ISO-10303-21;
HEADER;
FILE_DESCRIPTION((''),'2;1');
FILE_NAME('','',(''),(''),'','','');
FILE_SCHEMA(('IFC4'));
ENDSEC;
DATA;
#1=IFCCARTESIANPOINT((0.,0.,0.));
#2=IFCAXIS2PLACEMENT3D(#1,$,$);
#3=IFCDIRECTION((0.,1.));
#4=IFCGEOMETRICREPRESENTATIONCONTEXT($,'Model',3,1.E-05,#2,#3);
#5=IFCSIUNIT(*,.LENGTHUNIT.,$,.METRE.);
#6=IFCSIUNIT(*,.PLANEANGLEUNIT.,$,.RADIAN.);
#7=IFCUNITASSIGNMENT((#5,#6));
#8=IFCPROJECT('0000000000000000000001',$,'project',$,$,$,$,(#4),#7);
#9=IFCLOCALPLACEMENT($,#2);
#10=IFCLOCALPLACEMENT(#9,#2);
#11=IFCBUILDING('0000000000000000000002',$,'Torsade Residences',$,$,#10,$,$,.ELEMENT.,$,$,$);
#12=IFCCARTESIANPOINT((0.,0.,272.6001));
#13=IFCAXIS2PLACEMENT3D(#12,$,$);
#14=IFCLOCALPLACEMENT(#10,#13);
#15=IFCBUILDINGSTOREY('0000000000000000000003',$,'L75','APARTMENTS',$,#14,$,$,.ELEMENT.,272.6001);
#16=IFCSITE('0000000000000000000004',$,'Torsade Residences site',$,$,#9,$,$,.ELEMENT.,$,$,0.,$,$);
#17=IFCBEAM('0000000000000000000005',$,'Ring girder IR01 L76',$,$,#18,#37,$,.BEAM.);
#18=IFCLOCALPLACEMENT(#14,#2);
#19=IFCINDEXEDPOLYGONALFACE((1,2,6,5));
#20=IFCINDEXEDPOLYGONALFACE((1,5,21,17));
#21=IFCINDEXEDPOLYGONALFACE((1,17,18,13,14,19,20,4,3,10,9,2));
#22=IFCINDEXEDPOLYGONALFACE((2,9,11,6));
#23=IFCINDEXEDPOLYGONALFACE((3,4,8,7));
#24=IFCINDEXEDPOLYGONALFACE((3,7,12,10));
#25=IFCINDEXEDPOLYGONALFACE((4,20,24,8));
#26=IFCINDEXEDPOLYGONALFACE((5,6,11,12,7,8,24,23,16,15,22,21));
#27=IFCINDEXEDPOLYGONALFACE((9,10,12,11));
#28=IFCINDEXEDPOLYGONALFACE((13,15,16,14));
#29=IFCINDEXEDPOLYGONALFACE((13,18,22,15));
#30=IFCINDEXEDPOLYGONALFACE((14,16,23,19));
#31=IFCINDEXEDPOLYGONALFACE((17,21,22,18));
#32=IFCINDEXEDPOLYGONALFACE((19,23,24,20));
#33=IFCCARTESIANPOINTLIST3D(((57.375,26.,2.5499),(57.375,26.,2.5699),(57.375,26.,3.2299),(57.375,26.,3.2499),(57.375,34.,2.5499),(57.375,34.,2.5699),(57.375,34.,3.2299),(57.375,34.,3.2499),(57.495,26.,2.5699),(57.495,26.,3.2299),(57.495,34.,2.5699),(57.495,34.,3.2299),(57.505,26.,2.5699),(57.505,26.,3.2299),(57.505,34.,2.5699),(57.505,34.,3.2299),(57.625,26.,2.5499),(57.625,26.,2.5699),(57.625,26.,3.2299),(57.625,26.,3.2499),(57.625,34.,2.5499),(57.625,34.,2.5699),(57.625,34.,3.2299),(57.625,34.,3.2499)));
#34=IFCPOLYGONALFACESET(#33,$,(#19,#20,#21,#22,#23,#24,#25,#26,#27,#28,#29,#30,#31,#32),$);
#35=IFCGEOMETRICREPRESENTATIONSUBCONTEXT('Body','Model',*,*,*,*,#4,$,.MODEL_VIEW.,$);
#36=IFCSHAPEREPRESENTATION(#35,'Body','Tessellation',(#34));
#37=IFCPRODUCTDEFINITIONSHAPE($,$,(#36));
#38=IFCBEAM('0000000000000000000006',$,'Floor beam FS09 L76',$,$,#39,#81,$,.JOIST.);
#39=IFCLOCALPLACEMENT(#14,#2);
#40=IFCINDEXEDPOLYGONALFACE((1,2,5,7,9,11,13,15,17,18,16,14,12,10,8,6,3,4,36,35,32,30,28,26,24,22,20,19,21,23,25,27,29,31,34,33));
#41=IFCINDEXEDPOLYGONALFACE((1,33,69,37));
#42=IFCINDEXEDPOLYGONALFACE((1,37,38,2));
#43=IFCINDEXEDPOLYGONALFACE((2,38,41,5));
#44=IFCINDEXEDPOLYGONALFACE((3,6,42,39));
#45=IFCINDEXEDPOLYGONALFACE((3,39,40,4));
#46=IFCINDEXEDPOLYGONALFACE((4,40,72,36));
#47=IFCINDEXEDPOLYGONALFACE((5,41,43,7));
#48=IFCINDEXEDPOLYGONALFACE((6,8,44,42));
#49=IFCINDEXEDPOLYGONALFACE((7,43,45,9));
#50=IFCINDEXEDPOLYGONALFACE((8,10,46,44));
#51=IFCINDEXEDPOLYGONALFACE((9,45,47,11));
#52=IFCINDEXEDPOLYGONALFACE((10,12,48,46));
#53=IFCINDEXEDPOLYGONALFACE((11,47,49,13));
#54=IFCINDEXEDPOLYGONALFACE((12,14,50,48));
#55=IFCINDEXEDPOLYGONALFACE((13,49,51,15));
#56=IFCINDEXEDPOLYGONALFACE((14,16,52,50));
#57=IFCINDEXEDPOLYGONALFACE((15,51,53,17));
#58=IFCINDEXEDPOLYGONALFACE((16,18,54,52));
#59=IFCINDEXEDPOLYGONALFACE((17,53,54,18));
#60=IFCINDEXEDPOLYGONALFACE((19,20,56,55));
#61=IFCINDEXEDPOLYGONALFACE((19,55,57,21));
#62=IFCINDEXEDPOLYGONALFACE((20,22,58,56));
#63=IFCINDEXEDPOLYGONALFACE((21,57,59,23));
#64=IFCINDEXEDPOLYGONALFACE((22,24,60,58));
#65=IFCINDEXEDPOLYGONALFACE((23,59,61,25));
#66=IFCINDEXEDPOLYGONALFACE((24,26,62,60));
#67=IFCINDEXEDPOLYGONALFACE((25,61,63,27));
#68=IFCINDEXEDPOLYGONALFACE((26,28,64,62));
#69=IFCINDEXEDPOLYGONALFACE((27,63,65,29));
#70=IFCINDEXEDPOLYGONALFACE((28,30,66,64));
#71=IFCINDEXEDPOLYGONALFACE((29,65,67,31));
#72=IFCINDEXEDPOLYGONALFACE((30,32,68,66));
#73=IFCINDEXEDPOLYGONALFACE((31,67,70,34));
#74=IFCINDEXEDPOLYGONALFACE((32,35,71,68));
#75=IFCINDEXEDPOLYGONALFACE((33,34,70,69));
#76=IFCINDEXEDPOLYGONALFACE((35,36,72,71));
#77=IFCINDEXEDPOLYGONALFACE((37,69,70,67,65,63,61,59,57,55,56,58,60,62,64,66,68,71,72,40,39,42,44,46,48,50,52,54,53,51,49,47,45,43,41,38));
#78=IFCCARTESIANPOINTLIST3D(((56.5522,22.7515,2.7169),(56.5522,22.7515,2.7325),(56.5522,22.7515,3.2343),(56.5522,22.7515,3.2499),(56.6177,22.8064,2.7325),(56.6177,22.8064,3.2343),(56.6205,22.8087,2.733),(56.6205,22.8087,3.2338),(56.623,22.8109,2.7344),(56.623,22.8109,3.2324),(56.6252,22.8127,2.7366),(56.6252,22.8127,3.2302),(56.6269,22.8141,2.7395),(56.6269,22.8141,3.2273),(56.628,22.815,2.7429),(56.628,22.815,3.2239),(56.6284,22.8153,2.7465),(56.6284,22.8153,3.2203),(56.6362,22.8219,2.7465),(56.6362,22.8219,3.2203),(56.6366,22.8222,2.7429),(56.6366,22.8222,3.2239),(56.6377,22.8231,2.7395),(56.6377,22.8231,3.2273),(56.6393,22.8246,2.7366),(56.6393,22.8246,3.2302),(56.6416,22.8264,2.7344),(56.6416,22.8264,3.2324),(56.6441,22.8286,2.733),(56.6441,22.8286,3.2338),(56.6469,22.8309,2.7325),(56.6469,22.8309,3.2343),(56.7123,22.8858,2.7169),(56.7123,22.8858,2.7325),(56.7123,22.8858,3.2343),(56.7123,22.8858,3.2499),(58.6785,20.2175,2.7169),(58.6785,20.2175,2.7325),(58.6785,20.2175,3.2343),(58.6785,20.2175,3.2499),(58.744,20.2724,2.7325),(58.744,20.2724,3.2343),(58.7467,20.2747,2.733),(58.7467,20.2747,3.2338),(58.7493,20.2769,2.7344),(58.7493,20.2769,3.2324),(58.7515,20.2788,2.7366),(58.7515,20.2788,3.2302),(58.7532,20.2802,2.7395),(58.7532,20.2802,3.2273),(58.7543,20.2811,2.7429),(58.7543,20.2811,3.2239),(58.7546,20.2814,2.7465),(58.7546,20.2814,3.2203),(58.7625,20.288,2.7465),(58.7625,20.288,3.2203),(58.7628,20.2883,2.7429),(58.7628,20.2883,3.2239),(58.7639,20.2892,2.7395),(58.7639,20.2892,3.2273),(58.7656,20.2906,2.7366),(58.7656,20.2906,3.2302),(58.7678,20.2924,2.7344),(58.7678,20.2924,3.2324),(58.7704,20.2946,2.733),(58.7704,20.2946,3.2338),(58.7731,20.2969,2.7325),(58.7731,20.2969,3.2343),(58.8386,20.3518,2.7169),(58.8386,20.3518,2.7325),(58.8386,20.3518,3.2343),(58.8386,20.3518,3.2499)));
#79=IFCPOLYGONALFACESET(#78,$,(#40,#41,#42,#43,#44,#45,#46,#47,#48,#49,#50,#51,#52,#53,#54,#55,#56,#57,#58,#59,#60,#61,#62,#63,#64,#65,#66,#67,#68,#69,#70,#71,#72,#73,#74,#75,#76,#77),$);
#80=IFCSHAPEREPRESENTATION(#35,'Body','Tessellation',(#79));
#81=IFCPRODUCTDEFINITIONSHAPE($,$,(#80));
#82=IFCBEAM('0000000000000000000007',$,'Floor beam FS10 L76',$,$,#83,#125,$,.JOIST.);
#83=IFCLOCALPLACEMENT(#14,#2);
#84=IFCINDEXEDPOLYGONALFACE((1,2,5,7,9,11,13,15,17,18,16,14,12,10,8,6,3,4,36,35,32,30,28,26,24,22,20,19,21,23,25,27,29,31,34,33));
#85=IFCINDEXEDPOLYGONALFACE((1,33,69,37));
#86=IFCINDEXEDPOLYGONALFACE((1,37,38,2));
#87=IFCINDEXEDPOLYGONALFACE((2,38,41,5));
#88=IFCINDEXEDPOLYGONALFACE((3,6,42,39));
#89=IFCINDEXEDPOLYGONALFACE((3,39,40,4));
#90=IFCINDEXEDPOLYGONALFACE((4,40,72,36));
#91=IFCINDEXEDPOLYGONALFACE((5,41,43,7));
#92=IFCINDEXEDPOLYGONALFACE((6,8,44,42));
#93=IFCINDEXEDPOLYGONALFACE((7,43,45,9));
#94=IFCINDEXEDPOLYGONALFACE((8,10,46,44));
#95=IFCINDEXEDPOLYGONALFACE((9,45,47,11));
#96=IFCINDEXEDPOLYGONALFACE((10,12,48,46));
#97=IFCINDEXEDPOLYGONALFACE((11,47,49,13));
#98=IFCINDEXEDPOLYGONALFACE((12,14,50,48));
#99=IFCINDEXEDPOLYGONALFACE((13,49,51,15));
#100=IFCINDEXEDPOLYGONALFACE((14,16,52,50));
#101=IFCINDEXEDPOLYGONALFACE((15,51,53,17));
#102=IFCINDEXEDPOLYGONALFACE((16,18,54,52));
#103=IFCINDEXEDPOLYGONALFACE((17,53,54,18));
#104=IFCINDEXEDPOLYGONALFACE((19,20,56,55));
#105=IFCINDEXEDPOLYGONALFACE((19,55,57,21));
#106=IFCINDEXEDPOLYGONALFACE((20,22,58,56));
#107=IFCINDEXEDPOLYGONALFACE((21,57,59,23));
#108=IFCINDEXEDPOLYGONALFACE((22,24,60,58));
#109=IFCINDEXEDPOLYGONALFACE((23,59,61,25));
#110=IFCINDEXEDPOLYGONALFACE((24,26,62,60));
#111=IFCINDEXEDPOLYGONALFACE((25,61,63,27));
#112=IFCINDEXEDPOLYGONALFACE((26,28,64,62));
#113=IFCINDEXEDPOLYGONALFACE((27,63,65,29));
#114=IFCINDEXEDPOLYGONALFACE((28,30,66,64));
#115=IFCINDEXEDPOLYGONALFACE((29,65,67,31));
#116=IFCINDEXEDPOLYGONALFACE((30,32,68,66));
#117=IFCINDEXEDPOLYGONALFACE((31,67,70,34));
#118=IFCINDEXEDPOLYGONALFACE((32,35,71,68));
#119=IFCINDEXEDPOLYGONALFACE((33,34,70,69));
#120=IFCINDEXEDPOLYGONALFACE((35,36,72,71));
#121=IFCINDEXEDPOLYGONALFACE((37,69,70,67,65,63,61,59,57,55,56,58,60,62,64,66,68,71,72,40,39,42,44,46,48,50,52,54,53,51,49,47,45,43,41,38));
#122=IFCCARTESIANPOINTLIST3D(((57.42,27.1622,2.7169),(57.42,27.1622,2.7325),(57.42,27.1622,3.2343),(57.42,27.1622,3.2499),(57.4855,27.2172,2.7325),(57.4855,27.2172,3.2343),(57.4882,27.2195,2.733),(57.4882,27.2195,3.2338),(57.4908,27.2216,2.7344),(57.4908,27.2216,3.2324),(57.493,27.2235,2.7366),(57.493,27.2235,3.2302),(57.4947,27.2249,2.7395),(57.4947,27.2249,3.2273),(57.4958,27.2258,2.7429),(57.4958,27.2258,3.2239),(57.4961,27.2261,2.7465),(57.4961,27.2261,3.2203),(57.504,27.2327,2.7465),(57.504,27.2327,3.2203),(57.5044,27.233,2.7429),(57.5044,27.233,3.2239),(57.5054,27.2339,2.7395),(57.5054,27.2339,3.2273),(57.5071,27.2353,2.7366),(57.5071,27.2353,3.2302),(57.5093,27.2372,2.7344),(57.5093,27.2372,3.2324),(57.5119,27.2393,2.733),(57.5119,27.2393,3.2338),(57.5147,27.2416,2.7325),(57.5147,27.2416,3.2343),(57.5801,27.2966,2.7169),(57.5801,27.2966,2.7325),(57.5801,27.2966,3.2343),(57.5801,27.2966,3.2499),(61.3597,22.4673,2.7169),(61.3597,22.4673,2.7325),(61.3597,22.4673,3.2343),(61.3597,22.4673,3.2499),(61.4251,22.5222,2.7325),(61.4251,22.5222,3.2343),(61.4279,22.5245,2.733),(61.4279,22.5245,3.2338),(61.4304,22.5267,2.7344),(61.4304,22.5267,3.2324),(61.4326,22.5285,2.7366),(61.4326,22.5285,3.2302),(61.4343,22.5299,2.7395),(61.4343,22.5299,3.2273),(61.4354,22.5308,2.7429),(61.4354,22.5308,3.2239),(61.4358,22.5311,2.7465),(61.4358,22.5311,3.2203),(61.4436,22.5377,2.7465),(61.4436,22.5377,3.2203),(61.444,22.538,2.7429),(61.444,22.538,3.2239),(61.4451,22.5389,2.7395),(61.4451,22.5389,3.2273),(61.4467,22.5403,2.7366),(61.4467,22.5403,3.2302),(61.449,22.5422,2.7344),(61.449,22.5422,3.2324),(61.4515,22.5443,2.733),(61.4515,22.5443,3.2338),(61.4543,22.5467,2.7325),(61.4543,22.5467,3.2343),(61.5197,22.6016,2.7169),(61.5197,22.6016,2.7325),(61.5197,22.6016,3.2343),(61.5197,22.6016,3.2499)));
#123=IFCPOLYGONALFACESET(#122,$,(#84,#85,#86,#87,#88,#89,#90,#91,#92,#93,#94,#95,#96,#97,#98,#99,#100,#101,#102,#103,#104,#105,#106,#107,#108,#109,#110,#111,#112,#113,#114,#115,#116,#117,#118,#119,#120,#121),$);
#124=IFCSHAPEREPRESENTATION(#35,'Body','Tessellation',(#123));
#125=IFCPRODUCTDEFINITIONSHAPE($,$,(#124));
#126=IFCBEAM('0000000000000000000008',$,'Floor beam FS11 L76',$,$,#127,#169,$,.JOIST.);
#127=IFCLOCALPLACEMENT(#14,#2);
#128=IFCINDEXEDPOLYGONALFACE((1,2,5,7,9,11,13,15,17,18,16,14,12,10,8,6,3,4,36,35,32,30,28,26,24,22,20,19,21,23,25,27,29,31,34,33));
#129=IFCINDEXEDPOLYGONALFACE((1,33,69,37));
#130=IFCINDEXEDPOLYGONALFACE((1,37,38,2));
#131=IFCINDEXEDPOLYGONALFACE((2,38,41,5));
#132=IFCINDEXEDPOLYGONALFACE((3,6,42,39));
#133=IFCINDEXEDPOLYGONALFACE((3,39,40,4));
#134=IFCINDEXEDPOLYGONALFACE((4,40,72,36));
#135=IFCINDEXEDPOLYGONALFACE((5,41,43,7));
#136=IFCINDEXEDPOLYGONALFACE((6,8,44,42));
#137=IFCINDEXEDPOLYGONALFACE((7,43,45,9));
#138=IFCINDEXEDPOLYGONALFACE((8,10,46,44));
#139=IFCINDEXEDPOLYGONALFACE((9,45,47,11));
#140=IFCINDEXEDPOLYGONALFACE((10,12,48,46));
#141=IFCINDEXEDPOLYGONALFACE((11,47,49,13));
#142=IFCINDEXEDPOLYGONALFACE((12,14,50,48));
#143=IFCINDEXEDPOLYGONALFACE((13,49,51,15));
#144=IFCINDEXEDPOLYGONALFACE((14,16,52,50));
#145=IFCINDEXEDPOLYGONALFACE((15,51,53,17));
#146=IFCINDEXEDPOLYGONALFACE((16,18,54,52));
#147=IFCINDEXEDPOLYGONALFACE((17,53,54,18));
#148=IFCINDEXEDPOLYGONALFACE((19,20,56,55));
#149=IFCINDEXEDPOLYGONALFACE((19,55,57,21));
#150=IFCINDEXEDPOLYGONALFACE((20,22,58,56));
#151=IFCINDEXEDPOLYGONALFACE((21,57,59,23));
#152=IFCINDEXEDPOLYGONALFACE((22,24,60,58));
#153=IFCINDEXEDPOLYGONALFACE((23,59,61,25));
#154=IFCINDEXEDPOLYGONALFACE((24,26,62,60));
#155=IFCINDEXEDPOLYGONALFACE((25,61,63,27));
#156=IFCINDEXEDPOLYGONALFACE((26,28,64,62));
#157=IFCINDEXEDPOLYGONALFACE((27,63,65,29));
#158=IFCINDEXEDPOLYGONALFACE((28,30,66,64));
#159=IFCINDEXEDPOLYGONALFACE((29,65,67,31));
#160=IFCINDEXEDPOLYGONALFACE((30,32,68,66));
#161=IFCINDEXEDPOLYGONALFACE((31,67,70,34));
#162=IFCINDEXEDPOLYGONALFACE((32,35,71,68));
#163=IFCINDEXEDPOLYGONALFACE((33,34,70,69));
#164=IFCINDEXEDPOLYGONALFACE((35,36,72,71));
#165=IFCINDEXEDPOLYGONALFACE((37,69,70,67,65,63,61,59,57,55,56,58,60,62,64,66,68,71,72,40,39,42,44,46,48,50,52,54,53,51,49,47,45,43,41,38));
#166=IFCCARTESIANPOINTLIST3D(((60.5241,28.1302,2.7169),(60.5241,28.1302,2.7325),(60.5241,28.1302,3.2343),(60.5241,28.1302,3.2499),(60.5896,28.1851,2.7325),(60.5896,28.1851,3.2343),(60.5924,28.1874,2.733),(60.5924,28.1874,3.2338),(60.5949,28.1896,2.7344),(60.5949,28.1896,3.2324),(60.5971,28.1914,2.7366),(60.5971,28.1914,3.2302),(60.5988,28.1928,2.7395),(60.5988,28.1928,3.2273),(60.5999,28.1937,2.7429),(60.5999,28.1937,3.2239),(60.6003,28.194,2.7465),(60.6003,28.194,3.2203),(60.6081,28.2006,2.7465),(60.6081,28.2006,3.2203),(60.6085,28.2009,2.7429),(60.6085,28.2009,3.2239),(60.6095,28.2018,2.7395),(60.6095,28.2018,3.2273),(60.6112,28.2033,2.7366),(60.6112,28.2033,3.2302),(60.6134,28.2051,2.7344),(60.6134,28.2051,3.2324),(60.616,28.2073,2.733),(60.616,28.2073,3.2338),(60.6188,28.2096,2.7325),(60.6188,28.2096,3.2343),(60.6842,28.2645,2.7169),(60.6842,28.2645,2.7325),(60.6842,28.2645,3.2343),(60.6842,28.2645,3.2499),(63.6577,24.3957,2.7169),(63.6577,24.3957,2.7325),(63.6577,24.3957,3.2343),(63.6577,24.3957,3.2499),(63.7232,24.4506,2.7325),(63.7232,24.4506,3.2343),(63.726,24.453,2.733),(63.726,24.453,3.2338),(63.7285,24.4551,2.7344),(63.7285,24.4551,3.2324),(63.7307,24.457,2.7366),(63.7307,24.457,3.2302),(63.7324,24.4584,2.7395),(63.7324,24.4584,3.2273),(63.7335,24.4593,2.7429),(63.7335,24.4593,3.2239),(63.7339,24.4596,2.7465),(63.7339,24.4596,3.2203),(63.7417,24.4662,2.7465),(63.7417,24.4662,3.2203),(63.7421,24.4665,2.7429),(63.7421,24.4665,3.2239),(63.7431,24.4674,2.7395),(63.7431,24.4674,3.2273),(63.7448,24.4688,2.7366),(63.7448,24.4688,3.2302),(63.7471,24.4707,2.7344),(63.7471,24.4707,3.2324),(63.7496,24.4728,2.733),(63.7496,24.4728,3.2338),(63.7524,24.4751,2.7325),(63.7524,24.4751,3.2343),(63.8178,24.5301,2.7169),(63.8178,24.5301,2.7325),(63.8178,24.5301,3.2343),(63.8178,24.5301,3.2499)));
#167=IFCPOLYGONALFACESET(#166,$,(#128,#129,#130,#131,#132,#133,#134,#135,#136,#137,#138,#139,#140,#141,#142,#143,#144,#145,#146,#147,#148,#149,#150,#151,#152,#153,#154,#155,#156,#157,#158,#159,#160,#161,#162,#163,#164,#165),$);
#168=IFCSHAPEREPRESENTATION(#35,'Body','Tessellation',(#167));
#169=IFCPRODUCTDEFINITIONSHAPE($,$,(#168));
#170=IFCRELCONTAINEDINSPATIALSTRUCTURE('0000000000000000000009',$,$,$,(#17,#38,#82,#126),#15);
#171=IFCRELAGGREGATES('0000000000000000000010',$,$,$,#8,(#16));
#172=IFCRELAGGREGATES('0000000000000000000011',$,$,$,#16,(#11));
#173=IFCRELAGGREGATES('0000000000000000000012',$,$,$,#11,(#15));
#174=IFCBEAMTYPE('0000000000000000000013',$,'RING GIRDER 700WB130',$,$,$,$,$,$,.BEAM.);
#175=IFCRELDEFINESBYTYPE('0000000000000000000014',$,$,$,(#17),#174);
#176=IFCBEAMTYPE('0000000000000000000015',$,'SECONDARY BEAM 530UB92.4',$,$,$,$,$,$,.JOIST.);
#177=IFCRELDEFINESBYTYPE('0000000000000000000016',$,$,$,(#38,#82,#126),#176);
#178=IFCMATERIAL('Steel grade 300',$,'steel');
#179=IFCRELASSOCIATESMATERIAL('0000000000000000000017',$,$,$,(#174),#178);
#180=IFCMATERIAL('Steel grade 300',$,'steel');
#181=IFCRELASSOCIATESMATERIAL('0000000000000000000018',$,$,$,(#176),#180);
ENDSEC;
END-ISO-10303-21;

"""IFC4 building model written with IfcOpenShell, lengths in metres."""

from ifc_helpers import new_model, si_unit, direction, frame, origin, origin_2d, place, context, subcontext, project, spatial, i_section, extrude, material, material_profile, profile_set, type_object, element, save


model = new_model("IFC4")

# Units and contexts
model_context = context("Model", 3, precision=1e-05, world=origin(), true_north=direction((0.0, 1.0)))
body_context = subcontext(model_context, "Body", "Model", "MODEL_VIEW")
ifc_project = project(units=[si_unit("LENGTHUNIT", "METRE"), si_unit("PLANEANGLEUNIT", "RADIAN")], contexts=[model_context])

# Site, building, storey
site_placement = place(None, origin())
site = spatial("IfcSite", under=ifc_project, at=site_placement, Name="Torsade Residences site", CompositionType="ELEMENT", RefElevation=0.0)
building_placement = place(site_placement, origin())
building = spatial("IfcBuilding", under=site, at=building_placement, Name="Torsade Residences", CompositionType="ELEMENT")
storey_placement = place(building_placement, frame((0.0, 0.0, 272.6001)))
storey = spatial("IfcBuildingStorey", under=building, at=storey_placement, Name="L75", Description="APARTMENTS", CompositionType="ELEMENT", Elevation=272.6001)

# Beams
ifc_material_1 = material(Name="Steel grade 300", Category="steel")
ifc_material_profile_1 = material_profile(ifc_material_1, i_section(OverallWidth=0.25, OverallDepth=0.7, WebThickness=0.01, FlangeThickness=0.02, at=origin_2d()), Name="700WB130")
ifc_profile_set_1 = profile_set([ifc_material_profile_1], Name="Steel grade 300")
beam_type_1 = type_object("IfcBeamType", Name="RING GIRDER 700WB130", PredefinedType="BEAM", material=ifc_profile_set_1)
beam_1_placement = place(storey_placement, frame((57.5, 26.0, 2.8999), z_axis=(0.0, 1.0, 0.0), x_axis=(-1.0, 0.0, 0.0)))
element("IfcBeam", 1, at=beam_1_placement, inside=storey, type_object=beam_type_1, Name="Ring girder IR01 L76", PredefinedType="BEAM", context=body_context, shape_type="SweptSolid", body=[
    extrude(i_section(OverallWidth=0.25, OverallDepth=0.7, WebThickness=0.01, FlangeThickness=0.02, at=origin_2d()), origin(), (0.0, 0.0, 1.0), 8.0),
])
ifc_material_2 = material(Name="Steel grade 300", Category="steel")
ifc_material_profile_2 = material_profile(ifc_material_2, i_section(OverallWidth=0.209, OverallDepth=0.533, WebThickness=0.0103, FlangeThickness=0.0156, FilletRadius=0.0139, at=origin_2d()), Name="530UB92.4")
ifc_profile_set_2 = profile_set([ifc_material_profile_2], Name="Steel grade 300")
beam_type_2 = type_object("IfcBeamType", Name="SECONDARY BEAM 530UB92.4", PredefinedType="JOIST", material=ifc_profile_set_2)
beam_2_placement = place(storey_placement, frame((58.7585, 20.2847, 2.9834), z_axis=(-0.642787, 0.766045, 0.0), x_axis=(-0.766045, -0.642787, 0.0)))
element("IfcBeam", 2, at=beam_2_placement, inside=storey, type_object=beam_type_2, Name="Floor beam FS09 L76", PredefinedType="JOIST", context=body_context, shape_type="SweptSolid", body=[
    extrude(i_section(OverallWidth=0.209, OverallDepth=0.533, WebThickness=0.0103, FlangeThickness=0.0156, FilletRadius=0.0139, at=origin_2d()), origin(), (0.0, 0.0, 1.0), 3.3079),
])
beam_3_placement = place(storey_placement, frame((61.4397, 22.5344, 2.9834), z_axis=(-0.642794, 0.766039, 0.0), x_axis=(-0.766039, -0.642794, 0.0)))
element("IfcBeam", 3, at=beam_3_placement, inside=storey, type_object=beam_type_2, Name="Floor beam FS10 L76", PredefinedType="JOIST", context=body_context, shape_type="SweptSolid", body=[
    extrude(i_section(OverallWidth=0.209, OverallDepth=0.533, WebThickness=0.0103, FlangeThickness=0.0156, FilletRadius=0.0139, at=origin_2d()), origin(), (0.0, 0.0, 1.0), 6.1289),
])
beam_4_placement = place(storey_placement, frame((63.7378, 24.4629, 2.9834), z_axis=(-0.642791, 0.766041, 0.0), x_axis=(-0.766041, -0.642791, 0.0)))
element("IfcBeam", 4, at=beam_4_placement, inside=storey, type_object=beam_type_2, Name="Floor beam FS11 L76", PredefinedType="JOIST", context=body_context, shape_type="SweptSolid", body=[
    extrude(i_section(OverallWidth=0.209, OverallDepth=0.533, WebThickness=0.0103, FlangeThickness=0.0156, FilletRadius=0.0139, at=origin_2d()), origin(), (0.0, 0.0, 1.0), 4.875),
])

save(model, "model.ifc")
